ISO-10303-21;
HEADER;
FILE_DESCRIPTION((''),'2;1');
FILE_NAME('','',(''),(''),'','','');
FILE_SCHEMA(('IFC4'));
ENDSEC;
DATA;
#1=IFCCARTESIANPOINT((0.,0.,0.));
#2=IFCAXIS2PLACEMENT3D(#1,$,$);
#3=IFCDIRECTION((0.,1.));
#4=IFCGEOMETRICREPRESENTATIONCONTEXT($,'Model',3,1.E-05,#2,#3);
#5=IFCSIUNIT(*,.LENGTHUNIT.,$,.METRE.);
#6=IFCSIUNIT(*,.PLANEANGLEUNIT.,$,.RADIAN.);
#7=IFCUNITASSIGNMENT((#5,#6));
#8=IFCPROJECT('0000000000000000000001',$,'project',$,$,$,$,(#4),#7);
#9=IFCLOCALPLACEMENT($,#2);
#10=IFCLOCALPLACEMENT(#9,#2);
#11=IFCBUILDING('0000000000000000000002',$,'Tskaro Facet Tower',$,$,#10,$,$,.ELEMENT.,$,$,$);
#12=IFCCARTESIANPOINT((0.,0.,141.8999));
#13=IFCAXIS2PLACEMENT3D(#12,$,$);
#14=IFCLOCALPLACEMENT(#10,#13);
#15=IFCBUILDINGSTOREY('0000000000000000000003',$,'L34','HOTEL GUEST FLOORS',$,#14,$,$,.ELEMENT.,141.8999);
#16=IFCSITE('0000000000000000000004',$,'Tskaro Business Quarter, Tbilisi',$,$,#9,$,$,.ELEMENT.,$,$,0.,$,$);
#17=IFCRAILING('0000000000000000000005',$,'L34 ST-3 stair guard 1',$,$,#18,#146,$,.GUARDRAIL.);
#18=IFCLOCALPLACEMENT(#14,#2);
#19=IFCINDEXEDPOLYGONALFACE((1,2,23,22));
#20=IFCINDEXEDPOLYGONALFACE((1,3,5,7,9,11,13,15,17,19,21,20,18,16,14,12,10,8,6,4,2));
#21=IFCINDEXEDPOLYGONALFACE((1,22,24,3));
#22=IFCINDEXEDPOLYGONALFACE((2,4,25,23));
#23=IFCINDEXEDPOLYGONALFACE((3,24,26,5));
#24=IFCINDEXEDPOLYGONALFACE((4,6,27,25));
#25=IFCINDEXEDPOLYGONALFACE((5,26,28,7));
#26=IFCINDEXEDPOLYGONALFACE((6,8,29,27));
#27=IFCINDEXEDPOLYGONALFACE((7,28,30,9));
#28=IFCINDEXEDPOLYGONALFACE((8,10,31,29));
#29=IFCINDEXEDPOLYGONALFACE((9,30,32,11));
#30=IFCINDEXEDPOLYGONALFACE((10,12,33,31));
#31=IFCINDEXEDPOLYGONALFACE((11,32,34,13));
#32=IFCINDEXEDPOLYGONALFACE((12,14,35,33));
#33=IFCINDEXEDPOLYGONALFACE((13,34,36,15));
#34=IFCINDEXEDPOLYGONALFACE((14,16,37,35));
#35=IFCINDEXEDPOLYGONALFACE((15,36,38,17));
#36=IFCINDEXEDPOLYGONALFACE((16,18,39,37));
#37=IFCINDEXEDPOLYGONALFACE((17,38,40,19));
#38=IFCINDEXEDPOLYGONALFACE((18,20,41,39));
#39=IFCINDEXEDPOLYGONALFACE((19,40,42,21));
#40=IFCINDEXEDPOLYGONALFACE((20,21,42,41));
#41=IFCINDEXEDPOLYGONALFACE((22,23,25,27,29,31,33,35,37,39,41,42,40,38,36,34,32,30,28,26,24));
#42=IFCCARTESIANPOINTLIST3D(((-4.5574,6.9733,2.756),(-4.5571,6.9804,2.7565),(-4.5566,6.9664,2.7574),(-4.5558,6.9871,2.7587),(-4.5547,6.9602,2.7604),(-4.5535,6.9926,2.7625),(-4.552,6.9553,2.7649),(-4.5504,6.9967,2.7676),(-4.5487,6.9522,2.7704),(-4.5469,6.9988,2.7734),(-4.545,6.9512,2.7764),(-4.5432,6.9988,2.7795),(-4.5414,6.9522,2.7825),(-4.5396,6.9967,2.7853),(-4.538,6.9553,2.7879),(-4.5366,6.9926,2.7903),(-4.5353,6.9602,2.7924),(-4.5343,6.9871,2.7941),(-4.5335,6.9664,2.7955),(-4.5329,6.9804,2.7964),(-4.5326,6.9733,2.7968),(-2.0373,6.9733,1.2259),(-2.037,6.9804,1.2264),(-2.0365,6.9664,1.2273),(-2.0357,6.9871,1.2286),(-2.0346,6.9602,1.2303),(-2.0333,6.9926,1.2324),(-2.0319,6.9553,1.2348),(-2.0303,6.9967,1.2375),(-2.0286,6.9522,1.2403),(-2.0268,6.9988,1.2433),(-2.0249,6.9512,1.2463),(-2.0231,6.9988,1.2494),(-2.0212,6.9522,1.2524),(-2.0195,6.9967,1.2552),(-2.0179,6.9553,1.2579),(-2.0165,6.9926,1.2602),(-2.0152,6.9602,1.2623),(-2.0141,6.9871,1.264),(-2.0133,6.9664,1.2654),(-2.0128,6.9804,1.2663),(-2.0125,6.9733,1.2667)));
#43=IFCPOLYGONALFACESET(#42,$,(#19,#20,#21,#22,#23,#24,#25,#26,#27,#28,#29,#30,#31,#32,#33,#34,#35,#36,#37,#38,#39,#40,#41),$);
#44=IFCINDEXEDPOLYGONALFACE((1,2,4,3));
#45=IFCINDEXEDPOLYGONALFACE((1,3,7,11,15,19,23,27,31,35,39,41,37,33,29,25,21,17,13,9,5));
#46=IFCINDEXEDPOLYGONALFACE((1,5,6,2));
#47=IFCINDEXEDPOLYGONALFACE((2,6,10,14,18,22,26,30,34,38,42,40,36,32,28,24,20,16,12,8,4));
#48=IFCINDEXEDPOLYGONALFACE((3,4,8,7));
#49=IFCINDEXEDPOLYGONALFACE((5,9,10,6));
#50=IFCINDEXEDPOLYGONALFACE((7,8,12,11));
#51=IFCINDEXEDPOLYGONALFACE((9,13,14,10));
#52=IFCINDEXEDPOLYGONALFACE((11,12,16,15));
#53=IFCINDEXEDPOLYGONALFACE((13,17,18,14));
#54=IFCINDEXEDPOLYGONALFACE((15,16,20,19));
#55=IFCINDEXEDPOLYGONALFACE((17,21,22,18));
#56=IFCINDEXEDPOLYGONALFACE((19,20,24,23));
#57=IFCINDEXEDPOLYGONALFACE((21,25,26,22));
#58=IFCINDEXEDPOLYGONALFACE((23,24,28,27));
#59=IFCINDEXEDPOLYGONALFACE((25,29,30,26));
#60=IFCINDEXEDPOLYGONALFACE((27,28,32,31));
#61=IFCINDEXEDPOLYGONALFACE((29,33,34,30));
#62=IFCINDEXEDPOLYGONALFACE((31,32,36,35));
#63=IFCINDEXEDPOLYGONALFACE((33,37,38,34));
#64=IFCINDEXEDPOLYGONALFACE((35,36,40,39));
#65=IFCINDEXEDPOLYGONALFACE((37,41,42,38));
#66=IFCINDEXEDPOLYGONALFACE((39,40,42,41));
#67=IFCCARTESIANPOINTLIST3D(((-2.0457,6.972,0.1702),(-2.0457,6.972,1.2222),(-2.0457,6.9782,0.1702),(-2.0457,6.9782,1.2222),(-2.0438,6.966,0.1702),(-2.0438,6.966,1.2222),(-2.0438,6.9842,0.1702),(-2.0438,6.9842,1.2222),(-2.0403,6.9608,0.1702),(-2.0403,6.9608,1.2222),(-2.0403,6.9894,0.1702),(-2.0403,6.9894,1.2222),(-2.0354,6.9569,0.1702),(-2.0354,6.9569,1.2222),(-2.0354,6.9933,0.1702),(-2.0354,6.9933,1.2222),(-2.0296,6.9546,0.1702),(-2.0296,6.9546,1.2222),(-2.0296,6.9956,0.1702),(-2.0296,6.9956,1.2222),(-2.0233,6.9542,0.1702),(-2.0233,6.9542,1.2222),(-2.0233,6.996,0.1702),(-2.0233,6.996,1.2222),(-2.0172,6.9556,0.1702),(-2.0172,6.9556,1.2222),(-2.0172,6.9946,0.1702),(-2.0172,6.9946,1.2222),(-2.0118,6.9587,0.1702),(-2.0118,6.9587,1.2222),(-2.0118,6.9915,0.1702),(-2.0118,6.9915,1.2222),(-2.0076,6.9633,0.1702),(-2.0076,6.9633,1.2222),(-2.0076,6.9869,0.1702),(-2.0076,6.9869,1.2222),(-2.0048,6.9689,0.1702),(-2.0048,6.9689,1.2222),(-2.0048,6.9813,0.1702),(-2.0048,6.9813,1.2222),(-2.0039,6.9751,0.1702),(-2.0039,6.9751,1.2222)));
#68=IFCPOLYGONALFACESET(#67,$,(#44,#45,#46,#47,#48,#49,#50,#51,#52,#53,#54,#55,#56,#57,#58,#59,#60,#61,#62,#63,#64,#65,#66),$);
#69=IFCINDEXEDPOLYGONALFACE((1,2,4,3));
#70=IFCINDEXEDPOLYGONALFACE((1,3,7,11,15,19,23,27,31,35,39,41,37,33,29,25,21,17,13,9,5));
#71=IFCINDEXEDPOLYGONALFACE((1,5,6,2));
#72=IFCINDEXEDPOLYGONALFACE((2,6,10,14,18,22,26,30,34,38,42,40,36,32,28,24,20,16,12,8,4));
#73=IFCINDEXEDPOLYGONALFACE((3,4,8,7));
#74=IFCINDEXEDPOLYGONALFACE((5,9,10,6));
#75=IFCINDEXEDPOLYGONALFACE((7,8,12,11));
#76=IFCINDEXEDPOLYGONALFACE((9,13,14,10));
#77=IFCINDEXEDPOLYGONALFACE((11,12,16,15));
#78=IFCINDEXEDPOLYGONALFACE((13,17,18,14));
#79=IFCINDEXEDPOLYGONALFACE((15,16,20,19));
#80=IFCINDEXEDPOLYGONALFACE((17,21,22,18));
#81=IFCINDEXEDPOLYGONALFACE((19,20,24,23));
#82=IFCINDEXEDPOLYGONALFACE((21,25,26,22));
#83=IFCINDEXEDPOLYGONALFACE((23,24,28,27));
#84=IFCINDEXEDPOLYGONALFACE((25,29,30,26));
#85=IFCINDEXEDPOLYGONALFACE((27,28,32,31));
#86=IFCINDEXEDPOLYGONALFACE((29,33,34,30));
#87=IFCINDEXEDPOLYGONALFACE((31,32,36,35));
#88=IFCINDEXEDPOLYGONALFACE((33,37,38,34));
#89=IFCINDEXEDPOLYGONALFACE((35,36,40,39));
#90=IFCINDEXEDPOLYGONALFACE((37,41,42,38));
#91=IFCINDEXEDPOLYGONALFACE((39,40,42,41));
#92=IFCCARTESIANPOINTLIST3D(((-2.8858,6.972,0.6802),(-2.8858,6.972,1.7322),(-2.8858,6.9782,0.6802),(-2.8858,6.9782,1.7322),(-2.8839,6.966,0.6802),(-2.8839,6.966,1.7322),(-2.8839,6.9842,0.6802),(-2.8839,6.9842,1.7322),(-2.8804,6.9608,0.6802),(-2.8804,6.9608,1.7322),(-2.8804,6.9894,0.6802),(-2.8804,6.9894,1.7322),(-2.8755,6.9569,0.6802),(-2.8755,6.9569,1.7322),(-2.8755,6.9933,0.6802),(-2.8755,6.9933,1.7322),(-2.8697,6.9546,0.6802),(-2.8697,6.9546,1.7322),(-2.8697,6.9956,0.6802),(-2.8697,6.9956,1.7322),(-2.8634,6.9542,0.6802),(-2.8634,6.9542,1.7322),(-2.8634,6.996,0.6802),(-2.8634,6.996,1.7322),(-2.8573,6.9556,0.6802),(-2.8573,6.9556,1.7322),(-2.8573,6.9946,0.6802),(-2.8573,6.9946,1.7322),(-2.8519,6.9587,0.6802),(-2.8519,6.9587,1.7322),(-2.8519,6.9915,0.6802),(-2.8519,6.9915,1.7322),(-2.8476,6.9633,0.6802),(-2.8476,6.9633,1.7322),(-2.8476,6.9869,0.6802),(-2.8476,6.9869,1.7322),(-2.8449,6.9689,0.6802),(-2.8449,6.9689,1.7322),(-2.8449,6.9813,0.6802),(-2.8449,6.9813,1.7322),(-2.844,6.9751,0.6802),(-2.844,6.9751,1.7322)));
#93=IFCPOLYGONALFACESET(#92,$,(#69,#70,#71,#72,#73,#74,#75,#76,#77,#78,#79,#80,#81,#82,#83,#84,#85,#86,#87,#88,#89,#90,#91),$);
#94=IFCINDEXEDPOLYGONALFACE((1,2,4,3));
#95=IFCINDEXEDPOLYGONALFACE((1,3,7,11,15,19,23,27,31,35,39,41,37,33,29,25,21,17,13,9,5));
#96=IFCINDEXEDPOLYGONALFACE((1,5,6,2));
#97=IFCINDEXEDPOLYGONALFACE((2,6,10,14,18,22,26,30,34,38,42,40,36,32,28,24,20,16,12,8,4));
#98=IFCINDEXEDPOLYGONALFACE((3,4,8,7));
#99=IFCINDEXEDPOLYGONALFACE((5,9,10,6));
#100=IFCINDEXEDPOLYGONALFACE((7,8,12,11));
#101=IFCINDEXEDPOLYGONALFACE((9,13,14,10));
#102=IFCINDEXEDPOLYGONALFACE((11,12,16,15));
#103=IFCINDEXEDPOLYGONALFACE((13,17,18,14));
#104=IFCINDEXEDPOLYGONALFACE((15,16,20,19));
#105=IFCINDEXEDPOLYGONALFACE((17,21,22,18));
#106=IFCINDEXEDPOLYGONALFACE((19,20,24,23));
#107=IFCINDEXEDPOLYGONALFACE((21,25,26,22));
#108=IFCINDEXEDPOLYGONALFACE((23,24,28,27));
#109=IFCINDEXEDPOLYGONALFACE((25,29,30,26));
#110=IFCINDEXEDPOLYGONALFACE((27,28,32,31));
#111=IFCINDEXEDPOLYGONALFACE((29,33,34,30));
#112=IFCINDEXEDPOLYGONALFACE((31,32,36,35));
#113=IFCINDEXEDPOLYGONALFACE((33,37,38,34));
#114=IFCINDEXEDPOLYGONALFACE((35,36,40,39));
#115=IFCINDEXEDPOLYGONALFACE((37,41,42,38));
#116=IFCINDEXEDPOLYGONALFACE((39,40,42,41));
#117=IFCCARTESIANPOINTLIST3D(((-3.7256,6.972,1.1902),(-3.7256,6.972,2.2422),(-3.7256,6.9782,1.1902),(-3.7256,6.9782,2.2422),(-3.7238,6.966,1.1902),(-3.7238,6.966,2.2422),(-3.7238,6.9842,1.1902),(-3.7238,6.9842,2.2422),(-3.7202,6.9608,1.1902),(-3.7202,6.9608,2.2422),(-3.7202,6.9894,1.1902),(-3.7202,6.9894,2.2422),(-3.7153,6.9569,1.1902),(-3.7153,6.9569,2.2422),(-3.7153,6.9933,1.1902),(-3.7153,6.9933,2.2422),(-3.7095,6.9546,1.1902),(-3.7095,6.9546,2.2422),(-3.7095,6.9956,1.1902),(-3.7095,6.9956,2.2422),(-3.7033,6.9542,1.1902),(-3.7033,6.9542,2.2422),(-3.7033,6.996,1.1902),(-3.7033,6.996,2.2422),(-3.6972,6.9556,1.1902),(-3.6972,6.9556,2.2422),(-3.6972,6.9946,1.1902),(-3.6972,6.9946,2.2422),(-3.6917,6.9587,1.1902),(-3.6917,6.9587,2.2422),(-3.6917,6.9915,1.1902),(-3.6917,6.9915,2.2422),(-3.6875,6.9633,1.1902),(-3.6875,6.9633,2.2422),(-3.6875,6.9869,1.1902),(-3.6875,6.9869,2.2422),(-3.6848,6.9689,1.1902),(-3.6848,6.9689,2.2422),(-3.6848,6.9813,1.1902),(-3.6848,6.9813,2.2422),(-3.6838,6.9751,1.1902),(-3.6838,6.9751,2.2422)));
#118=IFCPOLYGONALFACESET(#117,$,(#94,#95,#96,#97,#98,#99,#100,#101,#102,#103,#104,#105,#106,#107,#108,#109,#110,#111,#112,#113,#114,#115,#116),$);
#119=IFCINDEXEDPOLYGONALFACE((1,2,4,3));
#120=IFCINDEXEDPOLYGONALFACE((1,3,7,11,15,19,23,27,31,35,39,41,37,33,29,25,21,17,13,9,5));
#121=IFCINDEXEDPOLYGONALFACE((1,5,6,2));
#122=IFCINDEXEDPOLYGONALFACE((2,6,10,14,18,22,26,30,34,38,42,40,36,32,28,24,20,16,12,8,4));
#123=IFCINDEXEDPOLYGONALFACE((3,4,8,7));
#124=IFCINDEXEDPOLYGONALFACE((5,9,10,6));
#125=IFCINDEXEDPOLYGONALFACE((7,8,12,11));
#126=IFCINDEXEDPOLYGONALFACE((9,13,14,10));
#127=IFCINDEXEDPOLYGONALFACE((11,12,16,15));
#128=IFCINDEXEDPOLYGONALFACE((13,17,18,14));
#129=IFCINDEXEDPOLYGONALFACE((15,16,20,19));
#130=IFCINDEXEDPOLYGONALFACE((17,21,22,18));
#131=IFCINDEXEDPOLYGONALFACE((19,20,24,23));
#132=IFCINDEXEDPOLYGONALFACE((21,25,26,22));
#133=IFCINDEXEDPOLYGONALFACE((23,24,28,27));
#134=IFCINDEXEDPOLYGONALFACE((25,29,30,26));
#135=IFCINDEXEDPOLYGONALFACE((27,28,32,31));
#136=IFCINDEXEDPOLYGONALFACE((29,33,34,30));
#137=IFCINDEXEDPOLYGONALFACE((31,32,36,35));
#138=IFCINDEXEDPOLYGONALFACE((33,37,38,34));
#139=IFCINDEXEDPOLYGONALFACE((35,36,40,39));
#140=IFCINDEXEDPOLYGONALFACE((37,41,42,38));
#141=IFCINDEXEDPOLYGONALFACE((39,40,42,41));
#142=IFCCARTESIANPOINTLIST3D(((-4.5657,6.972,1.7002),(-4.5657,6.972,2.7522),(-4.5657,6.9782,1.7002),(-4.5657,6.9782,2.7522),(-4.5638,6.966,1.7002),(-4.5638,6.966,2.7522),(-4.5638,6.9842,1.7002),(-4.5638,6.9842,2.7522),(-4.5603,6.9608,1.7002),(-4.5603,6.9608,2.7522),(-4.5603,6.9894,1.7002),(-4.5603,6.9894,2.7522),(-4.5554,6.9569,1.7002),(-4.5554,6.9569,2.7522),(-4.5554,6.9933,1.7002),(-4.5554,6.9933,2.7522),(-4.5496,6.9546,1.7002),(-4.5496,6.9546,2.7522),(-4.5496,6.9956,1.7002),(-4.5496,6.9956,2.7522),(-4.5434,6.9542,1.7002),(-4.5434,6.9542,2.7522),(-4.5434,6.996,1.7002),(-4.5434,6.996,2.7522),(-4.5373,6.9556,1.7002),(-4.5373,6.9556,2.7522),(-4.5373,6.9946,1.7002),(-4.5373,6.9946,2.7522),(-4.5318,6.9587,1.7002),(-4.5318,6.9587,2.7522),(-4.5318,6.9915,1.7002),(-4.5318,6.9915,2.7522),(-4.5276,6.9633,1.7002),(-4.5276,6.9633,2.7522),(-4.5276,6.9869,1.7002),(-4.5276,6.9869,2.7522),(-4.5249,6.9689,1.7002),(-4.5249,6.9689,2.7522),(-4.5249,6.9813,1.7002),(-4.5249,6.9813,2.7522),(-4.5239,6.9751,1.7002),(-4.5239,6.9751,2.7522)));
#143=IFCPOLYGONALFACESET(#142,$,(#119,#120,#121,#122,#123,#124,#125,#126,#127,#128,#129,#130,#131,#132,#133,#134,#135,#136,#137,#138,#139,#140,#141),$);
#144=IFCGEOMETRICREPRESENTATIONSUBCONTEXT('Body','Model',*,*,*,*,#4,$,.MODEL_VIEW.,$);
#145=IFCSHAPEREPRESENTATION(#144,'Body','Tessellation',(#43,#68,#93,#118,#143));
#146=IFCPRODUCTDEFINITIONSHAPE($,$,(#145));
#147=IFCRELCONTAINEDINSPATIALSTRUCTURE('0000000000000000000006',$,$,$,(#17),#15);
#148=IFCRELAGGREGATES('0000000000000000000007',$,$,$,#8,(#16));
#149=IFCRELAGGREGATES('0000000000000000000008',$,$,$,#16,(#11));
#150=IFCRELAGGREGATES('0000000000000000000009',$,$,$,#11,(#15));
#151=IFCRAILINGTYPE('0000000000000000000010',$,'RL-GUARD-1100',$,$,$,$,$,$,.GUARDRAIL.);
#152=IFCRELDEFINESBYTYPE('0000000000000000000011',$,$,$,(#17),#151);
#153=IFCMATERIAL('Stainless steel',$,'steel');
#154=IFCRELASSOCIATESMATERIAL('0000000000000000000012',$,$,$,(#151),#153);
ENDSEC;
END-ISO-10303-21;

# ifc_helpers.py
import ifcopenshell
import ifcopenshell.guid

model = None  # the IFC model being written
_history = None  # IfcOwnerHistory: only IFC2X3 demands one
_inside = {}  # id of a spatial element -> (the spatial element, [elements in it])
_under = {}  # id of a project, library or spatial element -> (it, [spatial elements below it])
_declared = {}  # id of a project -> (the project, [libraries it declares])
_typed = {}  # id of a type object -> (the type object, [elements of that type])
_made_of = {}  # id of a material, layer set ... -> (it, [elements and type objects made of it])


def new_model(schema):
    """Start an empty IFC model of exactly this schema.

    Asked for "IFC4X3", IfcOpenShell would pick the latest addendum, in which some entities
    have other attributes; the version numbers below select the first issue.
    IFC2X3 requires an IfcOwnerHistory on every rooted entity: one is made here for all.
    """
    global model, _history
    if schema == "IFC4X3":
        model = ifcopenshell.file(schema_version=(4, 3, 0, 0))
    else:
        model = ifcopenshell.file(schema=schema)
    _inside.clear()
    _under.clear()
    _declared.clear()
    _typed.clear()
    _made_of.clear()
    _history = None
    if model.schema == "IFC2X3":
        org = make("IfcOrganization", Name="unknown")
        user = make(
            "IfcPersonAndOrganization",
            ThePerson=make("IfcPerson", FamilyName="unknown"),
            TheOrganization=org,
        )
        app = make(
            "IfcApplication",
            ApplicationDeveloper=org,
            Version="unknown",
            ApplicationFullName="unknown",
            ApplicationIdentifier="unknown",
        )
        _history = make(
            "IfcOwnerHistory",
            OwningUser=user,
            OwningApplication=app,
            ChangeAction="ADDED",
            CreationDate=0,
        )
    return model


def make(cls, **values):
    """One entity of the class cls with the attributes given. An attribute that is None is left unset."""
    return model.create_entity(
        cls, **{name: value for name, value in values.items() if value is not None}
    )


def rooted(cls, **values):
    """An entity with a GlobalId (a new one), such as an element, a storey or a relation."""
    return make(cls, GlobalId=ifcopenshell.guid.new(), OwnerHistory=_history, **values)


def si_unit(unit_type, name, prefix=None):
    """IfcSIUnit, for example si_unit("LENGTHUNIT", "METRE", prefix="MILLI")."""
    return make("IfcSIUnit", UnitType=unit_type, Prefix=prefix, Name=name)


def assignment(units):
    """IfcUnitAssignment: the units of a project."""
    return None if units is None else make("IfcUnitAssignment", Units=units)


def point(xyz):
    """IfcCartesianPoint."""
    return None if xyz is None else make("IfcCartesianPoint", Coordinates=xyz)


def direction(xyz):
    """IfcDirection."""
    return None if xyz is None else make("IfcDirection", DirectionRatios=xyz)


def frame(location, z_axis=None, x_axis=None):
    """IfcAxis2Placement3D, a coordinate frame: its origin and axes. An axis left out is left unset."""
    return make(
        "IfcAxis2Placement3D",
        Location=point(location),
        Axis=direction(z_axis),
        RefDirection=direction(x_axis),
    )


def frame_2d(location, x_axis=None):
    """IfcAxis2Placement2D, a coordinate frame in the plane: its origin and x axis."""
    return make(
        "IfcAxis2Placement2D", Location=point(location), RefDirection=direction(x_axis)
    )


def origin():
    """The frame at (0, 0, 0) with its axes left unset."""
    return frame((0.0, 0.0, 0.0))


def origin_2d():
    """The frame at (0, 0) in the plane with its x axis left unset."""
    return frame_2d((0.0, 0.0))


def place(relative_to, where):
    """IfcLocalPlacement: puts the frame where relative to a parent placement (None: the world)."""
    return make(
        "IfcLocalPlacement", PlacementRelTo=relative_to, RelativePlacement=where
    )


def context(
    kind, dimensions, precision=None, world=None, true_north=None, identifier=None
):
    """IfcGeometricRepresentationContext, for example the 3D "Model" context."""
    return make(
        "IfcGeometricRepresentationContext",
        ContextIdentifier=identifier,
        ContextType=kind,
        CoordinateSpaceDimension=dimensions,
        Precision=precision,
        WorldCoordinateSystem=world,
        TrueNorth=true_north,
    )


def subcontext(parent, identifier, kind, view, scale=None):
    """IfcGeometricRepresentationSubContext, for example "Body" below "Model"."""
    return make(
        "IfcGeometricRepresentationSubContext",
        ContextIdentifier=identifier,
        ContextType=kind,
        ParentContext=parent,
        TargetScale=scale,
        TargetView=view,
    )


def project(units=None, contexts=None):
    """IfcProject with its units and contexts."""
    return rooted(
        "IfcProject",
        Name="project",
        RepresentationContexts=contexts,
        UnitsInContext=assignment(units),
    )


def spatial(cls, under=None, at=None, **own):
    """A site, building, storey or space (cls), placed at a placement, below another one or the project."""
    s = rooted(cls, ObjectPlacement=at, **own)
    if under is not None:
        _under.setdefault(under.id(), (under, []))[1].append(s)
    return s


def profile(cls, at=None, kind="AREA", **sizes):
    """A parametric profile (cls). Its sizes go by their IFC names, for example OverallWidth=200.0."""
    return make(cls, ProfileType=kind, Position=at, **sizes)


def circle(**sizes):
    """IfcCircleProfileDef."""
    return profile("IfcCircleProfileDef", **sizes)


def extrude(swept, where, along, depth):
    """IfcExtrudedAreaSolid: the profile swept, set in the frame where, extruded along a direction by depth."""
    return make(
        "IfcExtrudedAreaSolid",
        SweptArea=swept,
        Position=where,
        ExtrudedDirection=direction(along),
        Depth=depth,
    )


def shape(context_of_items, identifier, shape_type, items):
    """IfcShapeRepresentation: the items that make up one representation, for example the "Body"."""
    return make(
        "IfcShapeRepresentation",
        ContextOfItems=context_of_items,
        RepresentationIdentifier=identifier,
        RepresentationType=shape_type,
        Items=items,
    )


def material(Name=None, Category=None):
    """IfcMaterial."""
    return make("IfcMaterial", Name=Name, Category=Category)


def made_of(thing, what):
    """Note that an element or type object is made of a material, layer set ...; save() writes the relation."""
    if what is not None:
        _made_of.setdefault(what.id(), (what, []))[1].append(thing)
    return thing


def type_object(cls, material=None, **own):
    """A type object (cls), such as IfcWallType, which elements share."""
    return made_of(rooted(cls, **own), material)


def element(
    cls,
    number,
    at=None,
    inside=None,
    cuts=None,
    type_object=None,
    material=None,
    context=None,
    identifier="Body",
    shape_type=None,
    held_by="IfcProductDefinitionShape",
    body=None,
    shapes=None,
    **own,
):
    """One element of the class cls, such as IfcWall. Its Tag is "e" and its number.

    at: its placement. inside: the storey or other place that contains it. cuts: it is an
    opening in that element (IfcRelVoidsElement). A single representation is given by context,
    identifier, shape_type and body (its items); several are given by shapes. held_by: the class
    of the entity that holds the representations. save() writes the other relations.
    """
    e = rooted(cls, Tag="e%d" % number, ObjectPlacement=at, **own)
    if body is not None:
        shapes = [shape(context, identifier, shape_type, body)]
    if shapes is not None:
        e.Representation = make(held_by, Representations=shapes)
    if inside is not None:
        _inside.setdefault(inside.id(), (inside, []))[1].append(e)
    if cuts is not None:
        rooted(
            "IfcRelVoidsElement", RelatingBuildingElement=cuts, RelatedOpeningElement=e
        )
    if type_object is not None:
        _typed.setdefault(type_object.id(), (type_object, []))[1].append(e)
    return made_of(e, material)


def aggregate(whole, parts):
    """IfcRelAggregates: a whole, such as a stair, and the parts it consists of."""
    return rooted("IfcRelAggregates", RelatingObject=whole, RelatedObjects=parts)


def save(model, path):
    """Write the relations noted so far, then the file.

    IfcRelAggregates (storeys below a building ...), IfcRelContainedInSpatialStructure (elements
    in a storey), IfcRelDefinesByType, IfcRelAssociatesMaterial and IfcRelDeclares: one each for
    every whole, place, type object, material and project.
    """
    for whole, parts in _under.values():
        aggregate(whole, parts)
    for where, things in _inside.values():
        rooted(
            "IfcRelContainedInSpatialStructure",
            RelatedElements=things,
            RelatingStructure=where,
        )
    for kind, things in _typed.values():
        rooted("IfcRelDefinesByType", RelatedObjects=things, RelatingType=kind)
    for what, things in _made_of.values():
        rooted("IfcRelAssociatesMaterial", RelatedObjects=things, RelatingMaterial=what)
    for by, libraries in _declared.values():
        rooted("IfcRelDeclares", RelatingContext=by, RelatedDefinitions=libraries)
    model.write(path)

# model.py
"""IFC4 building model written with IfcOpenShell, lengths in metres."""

from ifc_helpers import new_model, si_unit, direction, frame, origin, origin_2d, place, context, subcontext, project, spatial, circle, extrude, material, type_object, element, save


model = new_model("IFC4")

# Units and contexts
model_context = context("Model", 3, precision=1e-05, world=origin(), true_north=direction((0.0, 1.0)))
body_context = subcontext(model_context, "Body", "Model", "MODEL_VIEW")
ifc_project = project(units=[si_unit("LENGTHUNIT", "METRE"), si_unit("PLANEANGLEUNIT", "RADIAN")], contexts=[model_context])

# Site, building, storey
site_placement = place(None, origin())
site = spatial("IfcSite", under=ifc_project, at=site_placement, Name="Tskaro Business Quarter, Tbilisi", CompositionType="ELEMENT", RefElevation=0.0)
building_placement = place(site_placement, origin())
building = spatial("IfcBuilding", under=site, at=building_placement, Name="Tskaro Facet Tower", CompositionType="ELEMENT")
storey_placement = place(building_placement, frame((0.0, 0.0, 141.8999)))
storey = spatial("IfcBuildingStorey", under=building, at=storey_placement, Name="L34", Description="HOTEL GUEST FLOORS", CompositionType="ELEMENT", Elevation=141.8999)

# Railing
ifc_material_1 = material(Name="Stainless steel", Category="steel")
railing_type_1 = type_object("IfcRailingType", Name="RL-GUARD-1100", PredefinedType="GUARDRAIL", material=ifc_material_1)
railing_1_placement = place(storey_placement, frame((-2.0249, 6.9751, 0.1702)))
element("IfcRailing", 1, at=railing_1_placement, inside=storey, type_object=railing_type_1, Name="L34 ST-3 stair guard 1", PredefinedType="GUARDRAIL", context=body_context, shape_type="SweptSolid", body=[
    extrude(circle(Radius=0.0239, at=origin_2d()), frame((0.0, 0.0, 1.0762), z_axis=(-0.854785, 0.0, 0.518982), x_axis=(0.0, -1.0, 0.0)), (0.0, 0.0, 1.0), 2.9482),
    extrude(circle(Radius=0.021, at=origin_2d()), origin(), (0.0, 0.0, 1.0), 1.052),
    extrude(circle(Radius=0.021, at=origin_2d()), frame((-0.8401, 0.0, 0.51)), (0.0, 0.0, 1.0), 1.052),
    extrude(circle(Radius=0.021, at=origin_2d()), frame((-1.6799, 0.0, 1.02)), (0.0, 0.0, 1.0), 1.052),
    extrude(circle(Radius=0.021, at=origin_2d()), frame((-2.52, 0.0, 1.53)), (0.0, 0.0, 1.0), 1.052),
])

save(model, "model.ifc")
